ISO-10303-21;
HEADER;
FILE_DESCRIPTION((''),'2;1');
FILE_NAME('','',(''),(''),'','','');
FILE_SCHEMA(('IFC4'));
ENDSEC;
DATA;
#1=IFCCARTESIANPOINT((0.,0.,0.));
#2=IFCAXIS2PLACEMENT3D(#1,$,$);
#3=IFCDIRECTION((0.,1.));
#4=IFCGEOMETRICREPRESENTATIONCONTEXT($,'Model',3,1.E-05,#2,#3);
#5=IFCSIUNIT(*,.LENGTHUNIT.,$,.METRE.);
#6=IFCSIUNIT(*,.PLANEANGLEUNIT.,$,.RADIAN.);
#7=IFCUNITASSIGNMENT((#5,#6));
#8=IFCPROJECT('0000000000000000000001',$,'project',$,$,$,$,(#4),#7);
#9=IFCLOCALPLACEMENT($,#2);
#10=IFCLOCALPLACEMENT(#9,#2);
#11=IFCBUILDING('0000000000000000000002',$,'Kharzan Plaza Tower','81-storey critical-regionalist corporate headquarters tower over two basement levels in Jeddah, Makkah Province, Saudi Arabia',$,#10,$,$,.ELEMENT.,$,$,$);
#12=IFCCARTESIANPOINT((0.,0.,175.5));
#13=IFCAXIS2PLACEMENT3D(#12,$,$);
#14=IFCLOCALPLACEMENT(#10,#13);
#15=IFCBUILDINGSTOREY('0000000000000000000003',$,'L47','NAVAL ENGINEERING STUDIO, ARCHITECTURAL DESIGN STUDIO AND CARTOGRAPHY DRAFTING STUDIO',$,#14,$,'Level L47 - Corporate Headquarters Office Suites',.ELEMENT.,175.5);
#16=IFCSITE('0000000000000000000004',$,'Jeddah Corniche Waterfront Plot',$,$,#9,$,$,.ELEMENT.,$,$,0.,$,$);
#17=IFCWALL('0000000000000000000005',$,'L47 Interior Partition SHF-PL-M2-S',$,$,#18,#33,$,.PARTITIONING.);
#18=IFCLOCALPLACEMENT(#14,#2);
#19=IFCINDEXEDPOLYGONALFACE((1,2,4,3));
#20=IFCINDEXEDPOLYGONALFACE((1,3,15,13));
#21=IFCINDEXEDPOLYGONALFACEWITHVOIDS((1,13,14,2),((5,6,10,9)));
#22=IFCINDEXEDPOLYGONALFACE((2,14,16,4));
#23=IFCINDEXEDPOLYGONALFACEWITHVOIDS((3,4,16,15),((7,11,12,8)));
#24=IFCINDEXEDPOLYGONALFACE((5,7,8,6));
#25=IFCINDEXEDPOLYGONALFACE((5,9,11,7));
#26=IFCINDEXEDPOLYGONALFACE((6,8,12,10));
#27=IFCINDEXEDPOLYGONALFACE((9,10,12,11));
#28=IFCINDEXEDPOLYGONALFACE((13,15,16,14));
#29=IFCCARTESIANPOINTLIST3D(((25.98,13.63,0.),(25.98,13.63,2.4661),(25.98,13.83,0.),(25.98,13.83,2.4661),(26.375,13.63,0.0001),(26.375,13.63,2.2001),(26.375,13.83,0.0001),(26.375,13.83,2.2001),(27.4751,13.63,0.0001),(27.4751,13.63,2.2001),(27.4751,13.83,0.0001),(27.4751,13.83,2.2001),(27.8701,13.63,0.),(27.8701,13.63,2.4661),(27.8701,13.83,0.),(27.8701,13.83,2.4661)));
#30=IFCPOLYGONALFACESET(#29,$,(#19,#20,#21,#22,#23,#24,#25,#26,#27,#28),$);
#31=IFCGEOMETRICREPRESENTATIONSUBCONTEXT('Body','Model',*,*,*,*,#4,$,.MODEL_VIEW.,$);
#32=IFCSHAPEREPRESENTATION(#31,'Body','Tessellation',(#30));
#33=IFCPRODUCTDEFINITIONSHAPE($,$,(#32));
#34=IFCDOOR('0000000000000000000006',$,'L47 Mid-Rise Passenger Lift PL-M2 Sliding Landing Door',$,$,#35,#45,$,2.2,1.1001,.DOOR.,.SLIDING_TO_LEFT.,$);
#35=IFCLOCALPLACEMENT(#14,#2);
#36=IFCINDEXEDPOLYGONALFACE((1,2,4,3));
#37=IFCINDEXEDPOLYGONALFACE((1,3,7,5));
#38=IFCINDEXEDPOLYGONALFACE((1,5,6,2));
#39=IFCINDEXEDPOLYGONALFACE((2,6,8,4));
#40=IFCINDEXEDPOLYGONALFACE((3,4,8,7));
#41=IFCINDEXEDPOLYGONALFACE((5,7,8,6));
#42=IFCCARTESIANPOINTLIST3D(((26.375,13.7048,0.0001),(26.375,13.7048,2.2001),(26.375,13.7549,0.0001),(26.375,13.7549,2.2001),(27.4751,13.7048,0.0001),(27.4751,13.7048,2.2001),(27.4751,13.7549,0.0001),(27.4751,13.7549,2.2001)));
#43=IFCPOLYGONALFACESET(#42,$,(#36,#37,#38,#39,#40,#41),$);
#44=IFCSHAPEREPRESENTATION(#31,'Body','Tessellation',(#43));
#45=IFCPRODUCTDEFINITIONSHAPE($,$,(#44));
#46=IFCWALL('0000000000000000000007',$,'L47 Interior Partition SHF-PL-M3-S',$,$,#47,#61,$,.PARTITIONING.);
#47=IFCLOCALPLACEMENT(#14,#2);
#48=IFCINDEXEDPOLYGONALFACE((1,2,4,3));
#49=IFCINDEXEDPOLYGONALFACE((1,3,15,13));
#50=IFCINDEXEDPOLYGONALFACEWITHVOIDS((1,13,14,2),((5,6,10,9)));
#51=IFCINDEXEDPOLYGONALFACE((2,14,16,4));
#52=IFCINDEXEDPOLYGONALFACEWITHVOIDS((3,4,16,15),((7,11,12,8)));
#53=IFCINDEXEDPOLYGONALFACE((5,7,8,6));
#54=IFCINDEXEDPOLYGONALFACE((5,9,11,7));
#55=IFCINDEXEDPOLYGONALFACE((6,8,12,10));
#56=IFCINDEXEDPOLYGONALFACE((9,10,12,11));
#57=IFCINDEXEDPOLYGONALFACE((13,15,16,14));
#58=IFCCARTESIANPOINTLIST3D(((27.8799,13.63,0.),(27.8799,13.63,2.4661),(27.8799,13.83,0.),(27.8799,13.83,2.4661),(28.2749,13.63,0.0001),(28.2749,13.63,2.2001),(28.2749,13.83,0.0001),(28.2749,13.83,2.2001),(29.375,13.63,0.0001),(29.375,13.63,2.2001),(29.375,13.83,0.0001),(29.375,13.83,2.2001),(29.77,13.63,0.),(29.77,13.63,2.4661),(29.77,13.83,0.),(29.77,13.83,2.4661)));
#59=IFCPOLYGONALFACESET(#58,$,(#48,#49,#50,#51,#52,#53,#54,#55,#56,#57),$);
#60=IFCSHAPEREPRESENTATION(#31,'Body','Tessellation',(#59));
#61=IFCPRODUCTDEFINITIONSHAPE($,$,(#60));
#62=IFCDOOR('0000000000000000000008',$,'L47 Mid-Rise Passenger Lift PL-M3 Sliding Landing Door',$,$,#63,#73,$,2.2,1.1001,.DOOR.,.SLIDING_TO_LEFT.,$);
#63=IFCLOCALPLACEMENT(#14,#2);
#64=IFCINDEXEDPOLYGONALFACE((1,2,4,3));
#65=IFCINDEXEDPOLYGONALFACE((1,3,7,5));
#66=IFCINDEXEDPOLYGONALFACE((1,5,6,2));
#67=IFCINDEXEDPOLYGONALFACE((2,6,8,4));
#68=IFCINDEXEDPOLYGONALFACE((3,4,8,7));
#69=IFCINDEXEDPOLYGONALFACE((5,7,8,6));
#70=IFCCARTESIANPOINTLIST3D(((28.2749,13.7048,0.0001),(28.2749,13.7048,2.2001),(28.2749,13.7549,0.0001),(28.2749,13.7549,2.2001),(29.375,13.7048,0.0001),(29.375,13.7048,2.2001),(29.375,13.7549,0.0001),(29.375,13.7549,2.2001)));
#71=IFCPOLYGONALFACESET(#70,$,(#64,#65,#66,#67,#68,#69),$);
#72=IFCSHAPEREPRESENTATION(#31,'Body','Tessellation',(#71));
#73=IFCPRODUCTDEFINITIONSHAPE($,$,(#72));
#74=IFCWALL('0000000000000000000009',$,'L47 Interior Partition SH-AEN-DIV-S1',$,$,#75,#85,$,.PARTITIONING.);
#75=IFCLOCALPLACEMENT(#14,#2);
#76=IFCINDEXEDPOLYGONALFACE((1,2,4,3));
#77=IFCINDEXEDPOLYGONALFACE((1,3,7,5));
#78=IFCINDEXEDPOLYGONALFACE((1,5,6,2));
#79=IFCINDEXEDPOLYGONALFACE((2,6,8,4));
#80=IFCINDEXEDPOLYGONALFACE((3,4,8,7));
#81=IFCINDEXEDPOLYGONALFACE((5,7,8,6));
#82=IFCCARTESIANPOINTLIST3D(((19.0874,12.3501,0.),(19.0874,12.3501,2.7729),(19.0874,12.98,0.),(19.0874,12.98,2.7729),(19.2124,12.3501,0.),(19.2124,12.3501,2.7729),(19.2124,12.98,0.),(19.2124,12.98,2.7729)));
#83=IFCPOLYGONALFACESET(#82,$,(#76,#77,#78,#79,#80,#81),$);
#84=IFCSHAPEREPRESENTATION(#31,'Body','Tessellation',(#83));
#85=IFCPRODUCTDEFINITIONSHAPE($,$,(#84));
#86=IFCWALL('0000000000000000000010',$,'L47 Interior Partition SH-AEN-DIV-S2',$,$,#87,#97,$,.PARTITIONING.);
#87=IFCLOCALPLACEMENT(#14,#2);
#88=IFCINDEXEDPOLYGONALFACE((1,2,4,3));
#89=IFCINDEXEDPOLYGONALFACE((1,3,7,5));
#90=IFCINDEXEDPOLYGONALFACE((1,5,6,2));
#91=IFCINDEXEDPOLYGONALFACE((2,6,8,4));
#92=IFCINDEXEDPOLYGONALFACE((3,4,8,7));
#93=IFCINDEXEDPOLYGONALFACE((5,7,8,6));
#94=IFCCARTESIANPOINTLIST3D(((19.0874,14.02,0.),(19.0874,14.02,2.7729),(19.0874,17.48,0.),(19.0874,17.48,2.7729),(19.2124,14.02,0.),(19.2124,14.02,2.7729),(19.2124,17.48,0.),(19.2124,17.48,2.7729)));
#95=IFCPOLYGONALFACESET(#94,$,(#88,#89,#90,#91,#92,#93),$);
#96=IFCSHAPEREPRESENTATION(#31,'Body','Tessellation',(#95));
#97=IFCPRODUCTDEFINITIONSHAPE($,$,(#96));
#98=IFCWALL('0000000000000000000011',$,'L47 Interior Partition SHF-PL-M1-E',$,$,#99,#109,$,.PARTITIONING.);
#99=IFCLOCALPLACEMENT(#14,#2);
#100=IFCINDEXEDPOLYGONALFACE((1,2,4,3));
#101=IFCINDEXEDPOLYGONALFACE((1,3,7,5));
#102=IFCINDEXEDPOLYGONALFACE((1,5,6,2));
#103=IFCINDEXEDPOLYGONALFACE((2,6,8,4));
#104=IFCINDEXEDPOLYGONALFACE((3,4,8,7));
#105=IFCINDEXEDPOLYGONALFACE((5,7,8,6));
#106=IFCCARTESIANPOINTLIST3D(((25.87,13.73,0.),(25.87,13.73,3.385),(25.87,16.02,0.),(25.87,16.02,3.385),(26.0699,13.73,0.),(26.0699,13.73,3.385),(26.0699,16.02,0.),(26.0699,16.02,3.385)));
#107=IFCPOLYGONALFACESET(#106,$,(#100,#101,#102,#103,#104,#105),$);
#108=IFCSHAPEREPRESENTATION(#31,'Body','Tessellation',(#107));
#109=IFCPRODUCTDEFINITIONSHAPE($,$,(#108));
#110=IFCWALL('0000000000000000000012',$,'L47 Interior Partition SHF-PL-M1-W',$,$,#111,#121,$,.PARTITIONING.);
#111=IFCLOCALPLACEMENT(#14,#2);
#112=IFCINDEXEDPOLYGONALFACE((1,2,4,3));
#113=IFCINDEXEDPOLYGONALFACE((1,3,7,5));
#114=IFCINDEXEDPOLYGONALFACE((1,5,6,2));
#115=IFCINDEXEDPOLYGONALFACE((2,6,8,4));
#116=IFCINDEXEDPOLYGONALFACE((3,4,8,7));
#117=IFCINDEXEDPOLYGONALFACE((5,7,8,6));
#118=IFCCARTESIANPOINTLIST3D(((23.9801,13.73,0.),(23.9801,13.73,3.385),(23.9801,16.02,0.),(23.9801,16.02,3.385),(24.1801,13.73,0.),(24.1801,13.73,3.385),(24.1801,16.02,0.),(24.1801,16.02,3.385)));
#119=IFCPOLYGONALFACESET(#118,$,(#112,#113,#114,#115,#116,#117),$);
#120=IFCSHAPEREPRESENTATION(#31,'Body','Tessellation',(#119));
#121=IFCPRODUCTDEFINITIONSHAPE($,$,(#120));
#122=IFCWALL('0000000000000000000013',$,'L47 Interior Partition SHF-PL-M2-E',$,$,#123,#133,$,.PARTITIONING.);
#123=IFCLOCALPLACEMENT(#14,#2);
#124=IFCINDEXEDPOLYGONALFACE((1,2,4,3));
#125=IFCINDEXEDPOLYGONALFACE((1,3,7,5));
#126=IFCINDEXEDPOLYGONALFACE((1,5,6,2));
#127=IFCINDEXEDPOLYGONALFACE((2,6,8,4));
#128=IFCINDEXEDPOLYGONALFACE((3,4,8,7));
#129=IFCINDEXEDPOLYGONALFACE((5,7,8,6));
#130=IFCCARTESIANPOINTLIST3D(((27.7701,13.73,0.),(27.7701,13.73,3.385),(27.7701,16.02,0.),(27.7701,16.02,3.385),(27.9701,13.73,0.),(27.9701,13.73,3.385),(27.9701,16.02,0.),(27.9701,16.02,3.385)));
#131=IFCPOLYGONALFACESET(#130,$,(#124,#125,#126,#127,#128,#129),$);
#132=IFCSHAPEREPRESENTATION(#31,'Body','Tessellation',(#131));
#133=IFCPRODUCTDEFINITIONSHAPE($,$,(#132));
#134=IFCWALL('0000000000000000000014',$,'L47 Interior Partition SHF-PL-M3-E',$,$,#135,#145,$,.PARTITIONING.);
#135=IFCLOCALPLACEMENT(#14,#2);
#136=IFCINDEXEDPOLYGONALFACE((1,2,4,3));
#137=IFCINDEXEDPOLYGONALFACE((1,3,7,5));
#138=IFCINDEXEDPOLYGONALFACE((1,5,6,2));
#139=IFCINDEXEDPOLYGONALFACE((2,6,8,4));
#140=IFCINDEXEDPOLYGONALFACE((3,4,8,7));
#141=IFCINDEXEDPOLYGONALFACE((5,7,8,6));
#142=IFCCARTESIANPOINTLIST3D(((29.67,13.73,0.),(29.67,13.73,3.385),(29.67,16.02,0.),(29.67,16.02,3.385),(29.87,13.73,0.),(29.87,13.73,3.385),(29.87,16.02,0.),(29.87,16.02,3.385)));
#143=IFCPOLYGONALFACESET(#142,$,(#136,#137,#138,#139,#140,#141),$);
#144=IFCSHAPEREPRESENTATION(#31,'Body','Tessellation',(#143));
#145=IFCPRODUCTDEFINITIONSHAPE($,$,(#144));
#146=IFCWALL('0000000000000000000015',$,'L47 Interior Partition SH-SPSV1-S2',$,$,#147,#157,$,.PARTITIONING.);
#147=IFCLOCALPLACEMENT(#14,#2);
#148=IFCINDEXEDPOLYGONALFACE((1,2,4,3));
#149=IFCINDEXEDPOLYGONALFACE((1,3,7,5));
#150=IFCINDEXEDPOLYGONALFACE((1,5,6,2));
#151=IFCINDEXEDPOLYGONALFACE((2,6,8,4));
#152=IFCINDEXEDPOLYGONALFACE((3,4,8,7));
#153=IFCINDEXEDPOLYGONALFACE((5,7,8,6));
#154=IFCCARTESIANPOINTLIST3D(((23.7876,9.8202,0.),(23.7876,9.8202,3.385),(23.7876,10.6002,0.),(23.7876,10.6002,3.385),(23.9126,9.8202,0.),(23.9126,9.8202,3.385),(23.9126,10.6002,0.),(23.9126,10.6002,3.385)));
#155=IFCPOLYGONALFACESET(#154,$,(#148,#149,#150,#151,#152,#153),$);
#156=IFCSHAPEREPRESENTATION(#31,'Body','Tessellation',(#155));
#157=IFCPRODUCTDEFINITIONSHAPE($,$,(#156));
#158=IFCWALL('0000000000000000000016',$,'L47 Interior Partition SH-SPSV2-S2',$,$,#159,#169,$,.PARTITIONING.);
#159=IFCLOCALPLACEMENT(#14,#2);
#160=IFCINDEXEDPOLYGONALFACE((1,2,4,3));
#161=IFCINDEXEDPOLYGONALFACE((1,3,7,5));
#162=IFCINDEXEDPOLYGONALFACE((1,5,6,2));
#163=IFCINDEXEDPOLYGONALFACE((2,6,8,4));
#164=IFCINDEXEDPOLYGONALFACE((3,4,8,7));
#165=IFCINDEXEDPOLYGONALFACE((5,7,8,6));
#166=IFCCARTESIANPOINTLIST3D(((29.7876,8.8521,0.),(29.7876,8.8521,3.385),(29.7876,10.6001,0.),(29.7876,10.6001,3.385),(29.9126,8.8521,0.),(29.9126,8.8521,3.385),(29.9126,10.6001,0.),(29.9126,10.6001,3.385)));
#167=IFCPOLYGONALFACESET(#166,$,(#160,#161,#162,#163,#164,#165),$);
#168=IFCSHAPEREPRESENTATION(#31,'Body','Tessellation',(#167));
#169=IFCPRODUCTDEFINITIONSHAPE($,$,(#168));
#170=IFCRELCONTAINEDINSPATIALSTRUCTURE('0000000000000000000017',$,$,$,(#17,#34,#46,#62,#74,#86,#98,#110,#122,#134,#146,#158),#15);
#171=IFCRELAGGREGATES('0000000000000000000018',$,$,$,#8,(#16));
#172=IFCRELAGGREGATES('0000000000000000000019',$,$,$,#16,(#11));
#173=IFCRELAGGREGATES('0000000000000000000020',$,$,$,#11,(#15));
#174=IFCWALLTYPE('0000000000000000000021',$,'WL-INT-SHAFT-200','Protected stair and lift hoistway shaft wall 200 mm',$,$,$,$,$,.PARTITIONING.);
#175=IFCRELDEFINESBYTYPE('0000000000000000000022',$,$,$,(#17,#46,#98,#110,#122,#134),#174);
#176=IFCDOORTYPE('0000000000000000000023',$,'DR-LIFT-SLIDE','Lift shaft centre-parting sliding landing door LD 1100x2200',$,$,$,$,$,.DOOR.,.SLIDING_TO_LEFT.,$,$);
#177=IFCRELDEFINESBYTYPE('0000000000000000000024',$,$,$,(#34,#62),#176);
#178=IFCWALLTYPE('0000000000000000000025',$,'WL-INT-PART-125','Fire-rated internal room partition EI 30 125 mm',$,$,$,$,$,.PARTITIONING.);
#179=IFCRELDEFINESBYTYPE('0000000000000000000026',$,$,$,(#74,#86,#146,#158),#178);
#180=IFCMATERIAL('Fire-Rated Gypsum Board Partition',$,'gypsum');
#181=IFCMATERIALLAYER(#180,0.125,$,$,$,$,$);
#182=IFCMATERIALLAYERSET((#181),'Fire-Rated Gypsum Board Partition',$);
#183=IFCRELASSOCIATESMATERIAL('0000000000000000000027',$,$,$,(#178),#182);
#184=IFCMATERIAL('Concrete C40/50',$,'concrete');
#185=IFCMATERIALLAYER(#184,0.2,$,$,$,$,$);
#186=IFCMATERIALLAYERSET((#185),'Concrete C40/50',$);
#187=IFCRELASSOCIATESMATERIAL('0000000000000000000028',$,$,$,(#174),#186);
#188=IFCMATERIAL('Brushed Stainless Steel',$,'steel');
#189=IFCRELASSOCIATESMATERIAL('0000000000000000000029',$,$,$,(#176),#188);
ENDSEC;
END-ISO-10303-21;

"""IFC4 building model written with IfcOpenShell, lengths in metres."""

from ifc_helpers import new_model, si_unit, direction, frame, frame_2d, origin, place, context, subcontext, project, spatial, rectangle, extrude, source, transform, mapped, material, layer, layer_set, type_object, element, fill, save


model = new_model("IFC4")

# Units and contexts
model_context = context("Model", 3, precision=1e-05, world=origin(), true_north=direction((0.0, 1.0)))
body_context = subcontext(model_context, "Body", "Model", "MODEL_VIEW")
ifc_project = project(units=[si_unit("LENGTHUNIT", "METRE"), si_unit("PLANEANGLEUNIT", "RADIAN")], contexts=[model_context])

# Site, building, storey
site_placement = place(None, origin())
site = spatial("IfcSite", under=ifc_project, at=site_placement, Name="Jeddah Corniche Waterfront Plot", CompositionType="ELEMENT", RefElevation=0.0)
building_placement = place(site_placement, origin())
building = spatial("IfcBuilding", under=site, at=building_placement, Name="Kharzan Plaza Tower", Description="81-storey critical-regionalist corporate headquarters tower over two basement levels in Jeddah, Makkah Province, Saudi Arabia", CompositionType="ELEMENT")
storey_placement = place(building_placement, frame((0.0, 0.0, 175.5)))
storey = spatial("IfcBuildingStorey", under=building, at=storey_placement, Name="L47", Description="NAVAL ENGINEERING STUDIO, ARCHITECTURAL DESIGN STUDIO AND CARTOGRAPHY DRAFTING STUDIO", LongName="Level L47 - Corporate Headquarters Office Suites", CompositionType="ELEMENT", Elevation=175.5)

# Walls, openings, doors
ifc_material_1 = material(Name="Fire-Rated Gypsum Board Partition", Category="gypsum")
ifc_layer_1 = layer(ifc_material_1, 0.125)
ifc_layer_set_1 = layer_set([ifc_layer_1], Name="Fire-Rated Gypsum Board Partition")
wall_type_1 = type_object("IfcWallType", Name="WL-INT-PART-125", Description="Fire-rated internal room partition EI 30 125 mm", PredefinedType="PARTITIONING", material=ifc_layer_set_1)
ifc_material_2 = material(Name="Concrete C40/50", Category="concrete")
ifc_layer_2 = layer(ifc_material_2, 0.2)
ifc_layer_set_2 = layer_set([ifc_layer_2], Name="Concrete C40/50")
wall_type_2 = type_object("IfcWallType", Name="WL-INT-SHAFT-200", Description="Protected stair and lift hoistway shaft wall 200 mm", PredefinedType="PARTITIONING", material=ifc_layer_set_2)
ifc_material_3 = material(Name="Brushed Stainless Steel", Category="steel")
door_type_1 = type_object("IfcDoorType", Name="DR-LIFT-SLIDE", Description="Lift shaft centre-parting sliding landing door LD 1100x2200", OperationType="SLIDING_TO_LEFT", PredefinedType="DOOR", material=ifc_material_3)
shared_shape_1 = source(origin(), body_context, "Body", "SweptSolid", [
    extrude(rectangle(XDim=1.1001, YDim=2.2, at=frame_2d((0.55, 1.1001))), frame((0.0, 0.0249, 0.0), z_axis=(0.0, -1.0, 0.0), x_axis=(1.0, 0.0, 0.0)), (0.0, 0.0, 1.0), 0.05),
])
wall_1_placement = place(storey_placement, frame((25.98, 13.73, 0.0), z_axis=(0.0, 0.0, 1.0), x_axis=(1.0, 0.0, 0.0)))
wall_1 = element("IfcWall", 1, at=wall_1_placement, inside=storey, type_object=wall_type_2, Name="L47 Interior Partition SHF-PL-M2-S", PredefinedType="PARTITIONING", context=body_context, shape_type="SweptSolid", body=[
    extrude(rectangle(XDim=1.8901, YDim=0.2, at=frame_2d((0.9451, 0.0))), origin(), (0.0, 0.0, 1.0), 2.4661),
])
opening_1_placement = place(wall_1_placement, frame((0.395, 0.0, 0.0)))
opening_1 = element("IfcOpeningElement", 2, at=opening_1_placement, cuts=wall_1, PredefinedType="OPENING", context=body_context, shape_type="SweptSolid", body=[
    extrude(rectangle(XDim=1.1001, YDim=2.2, at=frame_2d((0.55, 1.1001))), frame((0.0, 0.1099, 0.0), z_axis=(0.0, -1.0, 0.0), x_axis=(1.0, 0.0, 0.0)), (0.0, 0.0, 1.0), 0.22),
])
door_1_placement = place(opening_1_placement, origin())
door_1 = element("IfcDoor", 3, at=door_1_placement, inside=storey, type_object=door_type_1, Name="L47 Mid-Rise Passenger Lift PL-M2 Sliding Landing Door", OperationType="SLIDING_TO_LEFT", OverallHeight=2.2, OverallWidth=1.1001, PredefinedType="DOOR", context=body_context, shape_type="MappedRepresentation", body=[
    mapped(shared_shape_1, transform((0.0, 0.0, 0.0), x_axis=(1.0, 0.0, 0.0), y_axis=(0.0, 1.0, 0.0), z_axis=(0.0, 0.0, 1.0))),
])
fill(opening_1, door_1)
wall_2_placement = place(storey_placement, frame((27.8799, 13.73, 0.0), z_axis=(0.0, 0.0, 1.0), x_axis=(1.0, 0.0, 0.0)))
wall_2 = element("IfcWall", 4, at=wall_2_placement, inside=storey, type_object=wall_type_2, Name="L47 Interior Partition SHF-PL-M3-S", PredefinedType="PARTITIONING", context=body_context, shape_type="SweptSolid", body=[
    extrude(rectangle(XDim=1.8901, YDim=0.2, at=frame_2d((0.9451, 0.0))), origin(), (0.0, 0.0, 1.0), 2.4661),
])
opening_2_placement = place(wall_2_placement, frame((0.395, 0.0, 0.0)))
opening_2 = element("IfcOpeningElement", 5, at=opening_2_placement, cuts=wall_2, PredefinedType="OPENING", context=body_context, shape_type="SweptSolid", body=[
    extrude(rectangle(XDim=1.1001, YDim=2.2, at=frame_2d((0.55, 1.1001))), frame((0.0, 0.1099, 0.0), z_axis=(0.0, -1.0, 0.0), x_axis=(1.0, 0.0, 0.0)), (0.0, 0.0, 1.0), 0.22),
])
door_2_placement = place(opening_2_placement, origin())
door_2 = element("IfcDoor", 6, at=door_2_placement, inside=storey, type_object=door_type_1, Name="L47 Mid-Rise Passenger Lift PL-M3 Sliding Landing Door", OperationType="SLIDING_TO_LEFT", OverallHeight=2.2, OverallWidth=1.1001, PredefinedType="DOOR", context=body_context, shape_type="MappedRepresentation", body=[
    mapped(shared_shape_1, transform((0.0, 0.0, 0.0), x_axis=(1.0, 0.0, 0.0), y_axis=(0.0, 1.0, 0.0), z_axis=(0.0, 0.0, 1.0))),
])
fill(opening_2, door_2)

# Walls
shared_shape_2 = source(origin(), body_context, "Body", "SweptSolid", [
    extrude(rectangle(XDim=0.6299, YDim=0.125, at=frame_2d((0.3149, 0.0))), origin(), (0.0, 0.0, 1.0), 2.7729),
])
wall_3_placement = place(storey_placement, frame((19.1499, 12.3501, 0.0), z_axis=(0.0, 0.0, 1.0), x_axis=(0.0, 1.0, 0.0)))
element("IfcWall", 7, at=wall_3_placement, inside=storey, type_object=wall_type_1, Name="L47 Interior Partition SH-AEN-DIV-S1", PredefinedType="PARTITIONING", context=body_context, shape_type="MappedRepresentation", body=[
    mapped(shared_shape_2, transform((0.0, 0.0, 0.0), x_axis=(1.0, 0.0, 0.0), y_axis=(0.0, 1.0, 0.0), z_axis=(0.0, 0.0, 1.0))),
])
shared_shape_3 = source(origin(), body_context, "Body", "SweptSolid", [
    extrude(rectangle(XDim=3.46, YDim=0.125, at=frame_2d((1.73, 0.0))), origin(), (0.0, 0.0, 1.0), 2.7729),
])
wall_4_placement = place(storey_placement, frame((19.1499, 14.02, 0.0), z_axis=(0.0, 0.0, 1.0), x_axis=(0.0, 1.0, 0.0)))
element("IfcWall", 8, at=wall_4_placement, inside=storey, type_object=wall_type_1, Name="L47 Interior Partition SH-AEN-DIV-S2", PredefinedType="PARTITIONING", context=body_context, shape_type="MappedRepresentation", body=[
    mapped(shared_shape_3, transform((0.0, 0.0, 0.0), x_axis=(1.0, 0.0, 0.0), y_axis=(0.0, 1.0, 0.0), z_axis=(0.0, 0.0, 1.0))),
])
shared_shape_4 = source(origin(), body_context, "Body", "SweptSolid", [
    extrude(rectangle(XDim=2.29, YDim=0.2, at=frame_2d((1.145, 0.0))), origin(), (0.0, 0.0, 1.0), 3.385),
])
for number, where, z_axis, x_axis, name in (
    (9, (25.97, 13.73, 0.0), (0.0, 0.0, 1.0), (0.0, 1.0, 0.0), "L47 Interior Partition SHF-PL-M1-E"),
    (10, (24.0801, 13.73, 0.0), (0.0, 0.0, 1.0), (0.0, 1.0, 0.0), "L47 Interior Partition SHF-PL-M1-W"),
    (11, (27.8701, 13.73, 0.0), (0.0, 0.0, 1.0), (0.0, 1.0, 0.0), "L47 Interior Partition SHF-PL-M2-E"),
    (12, (29.77, 13.73, 0.0), (0.0, 0.0, 1.0), (0.0, 1.0, 0.0), "L47 Interior Partition SHF-PL-M3-E"),
):
    element("IfcWall", number, at=place(storey_placement, frame(where, z_axis=z_axis, x_axis=x_axis)), inside=storey, type_object=wall_type_2, Name=name, PredefinedType="PARTITIONING", context=body_context, shape_type="MappedRepresentation", body=[
        mapped(shared_shape_4, transform((0.0, 0.0, 0.0), x_axis=(1.0, 0.0, 0.0), y_axis=(0.0, 1.0, 0.0), z_axis=(0.0, 0.0, 1.0))),
    ])
shared_shape_5 = source(origin(), body_context, "Body", "SweptSolid", [
    extrude(rectangle(XDim=0.78, YDim=0.125, at=frame_2d((0.3901, 0.0))), origin(), (0.0, 0.0, 1.0), 3.385),
])
wall_5_placement = place(storey_placement, frame((23.8501, 9.8201, 0.0), z_axis=(0.0, 0.0, 1.0), x_axis=(0.0, 1.0, 0.0)))
element("IfcWall", 13, at=wall_5_placement, inside=storey, type_object=wall_type_1, Name="L47 Interior Partition SH-SPSV1-S2", PredefinedType="PARTITIONING", context=body_context, shape_type="MappedRepresentation", body=[
    mapped(shared_shape_5, transform((0.0, 0.0, 0.0), x_axis=(1.0, 0.0, 0.0), y_axis=(0.0, 1.0, 0.0), z_axis=(0.0, 0.0, 1.0))),
])
shared_shape_6 = source(origin(), body_context, "Body", "SweptSolid", [
    extrude(rectangle(XDim=1.748, YDim=0.125, at=frame_2d((0.874, 0.0))), origin(), (0.0, 0.0, 1.0), 3.385),
])
wall_6_placement = place(storey_placement, frame((29.8501, 8.8521, 0.0), z_axis=(0.0, 0.0, 1.0), x_axis=(0.0, 1.0, 0.0)))
element("IfcWall", 14, at=wall_6_placement, inside=storey, type_object=wall_type_1, Name="L47 Interior Partition SH-SPSV2-S2", PredefinedType="PARTITIONING", context=body_context, shape_type="MappedRepresentation", body=[
    mapped(shared_shape_6, transform((0.0, 0.0, 0.0), x_axis=(1.0, 0.0, 0.0), y_axis=(0.0, 1.0, 0.0), z_axis=(0.0, 0.0, 1.0))),
])

save(model, "model.ifc")
